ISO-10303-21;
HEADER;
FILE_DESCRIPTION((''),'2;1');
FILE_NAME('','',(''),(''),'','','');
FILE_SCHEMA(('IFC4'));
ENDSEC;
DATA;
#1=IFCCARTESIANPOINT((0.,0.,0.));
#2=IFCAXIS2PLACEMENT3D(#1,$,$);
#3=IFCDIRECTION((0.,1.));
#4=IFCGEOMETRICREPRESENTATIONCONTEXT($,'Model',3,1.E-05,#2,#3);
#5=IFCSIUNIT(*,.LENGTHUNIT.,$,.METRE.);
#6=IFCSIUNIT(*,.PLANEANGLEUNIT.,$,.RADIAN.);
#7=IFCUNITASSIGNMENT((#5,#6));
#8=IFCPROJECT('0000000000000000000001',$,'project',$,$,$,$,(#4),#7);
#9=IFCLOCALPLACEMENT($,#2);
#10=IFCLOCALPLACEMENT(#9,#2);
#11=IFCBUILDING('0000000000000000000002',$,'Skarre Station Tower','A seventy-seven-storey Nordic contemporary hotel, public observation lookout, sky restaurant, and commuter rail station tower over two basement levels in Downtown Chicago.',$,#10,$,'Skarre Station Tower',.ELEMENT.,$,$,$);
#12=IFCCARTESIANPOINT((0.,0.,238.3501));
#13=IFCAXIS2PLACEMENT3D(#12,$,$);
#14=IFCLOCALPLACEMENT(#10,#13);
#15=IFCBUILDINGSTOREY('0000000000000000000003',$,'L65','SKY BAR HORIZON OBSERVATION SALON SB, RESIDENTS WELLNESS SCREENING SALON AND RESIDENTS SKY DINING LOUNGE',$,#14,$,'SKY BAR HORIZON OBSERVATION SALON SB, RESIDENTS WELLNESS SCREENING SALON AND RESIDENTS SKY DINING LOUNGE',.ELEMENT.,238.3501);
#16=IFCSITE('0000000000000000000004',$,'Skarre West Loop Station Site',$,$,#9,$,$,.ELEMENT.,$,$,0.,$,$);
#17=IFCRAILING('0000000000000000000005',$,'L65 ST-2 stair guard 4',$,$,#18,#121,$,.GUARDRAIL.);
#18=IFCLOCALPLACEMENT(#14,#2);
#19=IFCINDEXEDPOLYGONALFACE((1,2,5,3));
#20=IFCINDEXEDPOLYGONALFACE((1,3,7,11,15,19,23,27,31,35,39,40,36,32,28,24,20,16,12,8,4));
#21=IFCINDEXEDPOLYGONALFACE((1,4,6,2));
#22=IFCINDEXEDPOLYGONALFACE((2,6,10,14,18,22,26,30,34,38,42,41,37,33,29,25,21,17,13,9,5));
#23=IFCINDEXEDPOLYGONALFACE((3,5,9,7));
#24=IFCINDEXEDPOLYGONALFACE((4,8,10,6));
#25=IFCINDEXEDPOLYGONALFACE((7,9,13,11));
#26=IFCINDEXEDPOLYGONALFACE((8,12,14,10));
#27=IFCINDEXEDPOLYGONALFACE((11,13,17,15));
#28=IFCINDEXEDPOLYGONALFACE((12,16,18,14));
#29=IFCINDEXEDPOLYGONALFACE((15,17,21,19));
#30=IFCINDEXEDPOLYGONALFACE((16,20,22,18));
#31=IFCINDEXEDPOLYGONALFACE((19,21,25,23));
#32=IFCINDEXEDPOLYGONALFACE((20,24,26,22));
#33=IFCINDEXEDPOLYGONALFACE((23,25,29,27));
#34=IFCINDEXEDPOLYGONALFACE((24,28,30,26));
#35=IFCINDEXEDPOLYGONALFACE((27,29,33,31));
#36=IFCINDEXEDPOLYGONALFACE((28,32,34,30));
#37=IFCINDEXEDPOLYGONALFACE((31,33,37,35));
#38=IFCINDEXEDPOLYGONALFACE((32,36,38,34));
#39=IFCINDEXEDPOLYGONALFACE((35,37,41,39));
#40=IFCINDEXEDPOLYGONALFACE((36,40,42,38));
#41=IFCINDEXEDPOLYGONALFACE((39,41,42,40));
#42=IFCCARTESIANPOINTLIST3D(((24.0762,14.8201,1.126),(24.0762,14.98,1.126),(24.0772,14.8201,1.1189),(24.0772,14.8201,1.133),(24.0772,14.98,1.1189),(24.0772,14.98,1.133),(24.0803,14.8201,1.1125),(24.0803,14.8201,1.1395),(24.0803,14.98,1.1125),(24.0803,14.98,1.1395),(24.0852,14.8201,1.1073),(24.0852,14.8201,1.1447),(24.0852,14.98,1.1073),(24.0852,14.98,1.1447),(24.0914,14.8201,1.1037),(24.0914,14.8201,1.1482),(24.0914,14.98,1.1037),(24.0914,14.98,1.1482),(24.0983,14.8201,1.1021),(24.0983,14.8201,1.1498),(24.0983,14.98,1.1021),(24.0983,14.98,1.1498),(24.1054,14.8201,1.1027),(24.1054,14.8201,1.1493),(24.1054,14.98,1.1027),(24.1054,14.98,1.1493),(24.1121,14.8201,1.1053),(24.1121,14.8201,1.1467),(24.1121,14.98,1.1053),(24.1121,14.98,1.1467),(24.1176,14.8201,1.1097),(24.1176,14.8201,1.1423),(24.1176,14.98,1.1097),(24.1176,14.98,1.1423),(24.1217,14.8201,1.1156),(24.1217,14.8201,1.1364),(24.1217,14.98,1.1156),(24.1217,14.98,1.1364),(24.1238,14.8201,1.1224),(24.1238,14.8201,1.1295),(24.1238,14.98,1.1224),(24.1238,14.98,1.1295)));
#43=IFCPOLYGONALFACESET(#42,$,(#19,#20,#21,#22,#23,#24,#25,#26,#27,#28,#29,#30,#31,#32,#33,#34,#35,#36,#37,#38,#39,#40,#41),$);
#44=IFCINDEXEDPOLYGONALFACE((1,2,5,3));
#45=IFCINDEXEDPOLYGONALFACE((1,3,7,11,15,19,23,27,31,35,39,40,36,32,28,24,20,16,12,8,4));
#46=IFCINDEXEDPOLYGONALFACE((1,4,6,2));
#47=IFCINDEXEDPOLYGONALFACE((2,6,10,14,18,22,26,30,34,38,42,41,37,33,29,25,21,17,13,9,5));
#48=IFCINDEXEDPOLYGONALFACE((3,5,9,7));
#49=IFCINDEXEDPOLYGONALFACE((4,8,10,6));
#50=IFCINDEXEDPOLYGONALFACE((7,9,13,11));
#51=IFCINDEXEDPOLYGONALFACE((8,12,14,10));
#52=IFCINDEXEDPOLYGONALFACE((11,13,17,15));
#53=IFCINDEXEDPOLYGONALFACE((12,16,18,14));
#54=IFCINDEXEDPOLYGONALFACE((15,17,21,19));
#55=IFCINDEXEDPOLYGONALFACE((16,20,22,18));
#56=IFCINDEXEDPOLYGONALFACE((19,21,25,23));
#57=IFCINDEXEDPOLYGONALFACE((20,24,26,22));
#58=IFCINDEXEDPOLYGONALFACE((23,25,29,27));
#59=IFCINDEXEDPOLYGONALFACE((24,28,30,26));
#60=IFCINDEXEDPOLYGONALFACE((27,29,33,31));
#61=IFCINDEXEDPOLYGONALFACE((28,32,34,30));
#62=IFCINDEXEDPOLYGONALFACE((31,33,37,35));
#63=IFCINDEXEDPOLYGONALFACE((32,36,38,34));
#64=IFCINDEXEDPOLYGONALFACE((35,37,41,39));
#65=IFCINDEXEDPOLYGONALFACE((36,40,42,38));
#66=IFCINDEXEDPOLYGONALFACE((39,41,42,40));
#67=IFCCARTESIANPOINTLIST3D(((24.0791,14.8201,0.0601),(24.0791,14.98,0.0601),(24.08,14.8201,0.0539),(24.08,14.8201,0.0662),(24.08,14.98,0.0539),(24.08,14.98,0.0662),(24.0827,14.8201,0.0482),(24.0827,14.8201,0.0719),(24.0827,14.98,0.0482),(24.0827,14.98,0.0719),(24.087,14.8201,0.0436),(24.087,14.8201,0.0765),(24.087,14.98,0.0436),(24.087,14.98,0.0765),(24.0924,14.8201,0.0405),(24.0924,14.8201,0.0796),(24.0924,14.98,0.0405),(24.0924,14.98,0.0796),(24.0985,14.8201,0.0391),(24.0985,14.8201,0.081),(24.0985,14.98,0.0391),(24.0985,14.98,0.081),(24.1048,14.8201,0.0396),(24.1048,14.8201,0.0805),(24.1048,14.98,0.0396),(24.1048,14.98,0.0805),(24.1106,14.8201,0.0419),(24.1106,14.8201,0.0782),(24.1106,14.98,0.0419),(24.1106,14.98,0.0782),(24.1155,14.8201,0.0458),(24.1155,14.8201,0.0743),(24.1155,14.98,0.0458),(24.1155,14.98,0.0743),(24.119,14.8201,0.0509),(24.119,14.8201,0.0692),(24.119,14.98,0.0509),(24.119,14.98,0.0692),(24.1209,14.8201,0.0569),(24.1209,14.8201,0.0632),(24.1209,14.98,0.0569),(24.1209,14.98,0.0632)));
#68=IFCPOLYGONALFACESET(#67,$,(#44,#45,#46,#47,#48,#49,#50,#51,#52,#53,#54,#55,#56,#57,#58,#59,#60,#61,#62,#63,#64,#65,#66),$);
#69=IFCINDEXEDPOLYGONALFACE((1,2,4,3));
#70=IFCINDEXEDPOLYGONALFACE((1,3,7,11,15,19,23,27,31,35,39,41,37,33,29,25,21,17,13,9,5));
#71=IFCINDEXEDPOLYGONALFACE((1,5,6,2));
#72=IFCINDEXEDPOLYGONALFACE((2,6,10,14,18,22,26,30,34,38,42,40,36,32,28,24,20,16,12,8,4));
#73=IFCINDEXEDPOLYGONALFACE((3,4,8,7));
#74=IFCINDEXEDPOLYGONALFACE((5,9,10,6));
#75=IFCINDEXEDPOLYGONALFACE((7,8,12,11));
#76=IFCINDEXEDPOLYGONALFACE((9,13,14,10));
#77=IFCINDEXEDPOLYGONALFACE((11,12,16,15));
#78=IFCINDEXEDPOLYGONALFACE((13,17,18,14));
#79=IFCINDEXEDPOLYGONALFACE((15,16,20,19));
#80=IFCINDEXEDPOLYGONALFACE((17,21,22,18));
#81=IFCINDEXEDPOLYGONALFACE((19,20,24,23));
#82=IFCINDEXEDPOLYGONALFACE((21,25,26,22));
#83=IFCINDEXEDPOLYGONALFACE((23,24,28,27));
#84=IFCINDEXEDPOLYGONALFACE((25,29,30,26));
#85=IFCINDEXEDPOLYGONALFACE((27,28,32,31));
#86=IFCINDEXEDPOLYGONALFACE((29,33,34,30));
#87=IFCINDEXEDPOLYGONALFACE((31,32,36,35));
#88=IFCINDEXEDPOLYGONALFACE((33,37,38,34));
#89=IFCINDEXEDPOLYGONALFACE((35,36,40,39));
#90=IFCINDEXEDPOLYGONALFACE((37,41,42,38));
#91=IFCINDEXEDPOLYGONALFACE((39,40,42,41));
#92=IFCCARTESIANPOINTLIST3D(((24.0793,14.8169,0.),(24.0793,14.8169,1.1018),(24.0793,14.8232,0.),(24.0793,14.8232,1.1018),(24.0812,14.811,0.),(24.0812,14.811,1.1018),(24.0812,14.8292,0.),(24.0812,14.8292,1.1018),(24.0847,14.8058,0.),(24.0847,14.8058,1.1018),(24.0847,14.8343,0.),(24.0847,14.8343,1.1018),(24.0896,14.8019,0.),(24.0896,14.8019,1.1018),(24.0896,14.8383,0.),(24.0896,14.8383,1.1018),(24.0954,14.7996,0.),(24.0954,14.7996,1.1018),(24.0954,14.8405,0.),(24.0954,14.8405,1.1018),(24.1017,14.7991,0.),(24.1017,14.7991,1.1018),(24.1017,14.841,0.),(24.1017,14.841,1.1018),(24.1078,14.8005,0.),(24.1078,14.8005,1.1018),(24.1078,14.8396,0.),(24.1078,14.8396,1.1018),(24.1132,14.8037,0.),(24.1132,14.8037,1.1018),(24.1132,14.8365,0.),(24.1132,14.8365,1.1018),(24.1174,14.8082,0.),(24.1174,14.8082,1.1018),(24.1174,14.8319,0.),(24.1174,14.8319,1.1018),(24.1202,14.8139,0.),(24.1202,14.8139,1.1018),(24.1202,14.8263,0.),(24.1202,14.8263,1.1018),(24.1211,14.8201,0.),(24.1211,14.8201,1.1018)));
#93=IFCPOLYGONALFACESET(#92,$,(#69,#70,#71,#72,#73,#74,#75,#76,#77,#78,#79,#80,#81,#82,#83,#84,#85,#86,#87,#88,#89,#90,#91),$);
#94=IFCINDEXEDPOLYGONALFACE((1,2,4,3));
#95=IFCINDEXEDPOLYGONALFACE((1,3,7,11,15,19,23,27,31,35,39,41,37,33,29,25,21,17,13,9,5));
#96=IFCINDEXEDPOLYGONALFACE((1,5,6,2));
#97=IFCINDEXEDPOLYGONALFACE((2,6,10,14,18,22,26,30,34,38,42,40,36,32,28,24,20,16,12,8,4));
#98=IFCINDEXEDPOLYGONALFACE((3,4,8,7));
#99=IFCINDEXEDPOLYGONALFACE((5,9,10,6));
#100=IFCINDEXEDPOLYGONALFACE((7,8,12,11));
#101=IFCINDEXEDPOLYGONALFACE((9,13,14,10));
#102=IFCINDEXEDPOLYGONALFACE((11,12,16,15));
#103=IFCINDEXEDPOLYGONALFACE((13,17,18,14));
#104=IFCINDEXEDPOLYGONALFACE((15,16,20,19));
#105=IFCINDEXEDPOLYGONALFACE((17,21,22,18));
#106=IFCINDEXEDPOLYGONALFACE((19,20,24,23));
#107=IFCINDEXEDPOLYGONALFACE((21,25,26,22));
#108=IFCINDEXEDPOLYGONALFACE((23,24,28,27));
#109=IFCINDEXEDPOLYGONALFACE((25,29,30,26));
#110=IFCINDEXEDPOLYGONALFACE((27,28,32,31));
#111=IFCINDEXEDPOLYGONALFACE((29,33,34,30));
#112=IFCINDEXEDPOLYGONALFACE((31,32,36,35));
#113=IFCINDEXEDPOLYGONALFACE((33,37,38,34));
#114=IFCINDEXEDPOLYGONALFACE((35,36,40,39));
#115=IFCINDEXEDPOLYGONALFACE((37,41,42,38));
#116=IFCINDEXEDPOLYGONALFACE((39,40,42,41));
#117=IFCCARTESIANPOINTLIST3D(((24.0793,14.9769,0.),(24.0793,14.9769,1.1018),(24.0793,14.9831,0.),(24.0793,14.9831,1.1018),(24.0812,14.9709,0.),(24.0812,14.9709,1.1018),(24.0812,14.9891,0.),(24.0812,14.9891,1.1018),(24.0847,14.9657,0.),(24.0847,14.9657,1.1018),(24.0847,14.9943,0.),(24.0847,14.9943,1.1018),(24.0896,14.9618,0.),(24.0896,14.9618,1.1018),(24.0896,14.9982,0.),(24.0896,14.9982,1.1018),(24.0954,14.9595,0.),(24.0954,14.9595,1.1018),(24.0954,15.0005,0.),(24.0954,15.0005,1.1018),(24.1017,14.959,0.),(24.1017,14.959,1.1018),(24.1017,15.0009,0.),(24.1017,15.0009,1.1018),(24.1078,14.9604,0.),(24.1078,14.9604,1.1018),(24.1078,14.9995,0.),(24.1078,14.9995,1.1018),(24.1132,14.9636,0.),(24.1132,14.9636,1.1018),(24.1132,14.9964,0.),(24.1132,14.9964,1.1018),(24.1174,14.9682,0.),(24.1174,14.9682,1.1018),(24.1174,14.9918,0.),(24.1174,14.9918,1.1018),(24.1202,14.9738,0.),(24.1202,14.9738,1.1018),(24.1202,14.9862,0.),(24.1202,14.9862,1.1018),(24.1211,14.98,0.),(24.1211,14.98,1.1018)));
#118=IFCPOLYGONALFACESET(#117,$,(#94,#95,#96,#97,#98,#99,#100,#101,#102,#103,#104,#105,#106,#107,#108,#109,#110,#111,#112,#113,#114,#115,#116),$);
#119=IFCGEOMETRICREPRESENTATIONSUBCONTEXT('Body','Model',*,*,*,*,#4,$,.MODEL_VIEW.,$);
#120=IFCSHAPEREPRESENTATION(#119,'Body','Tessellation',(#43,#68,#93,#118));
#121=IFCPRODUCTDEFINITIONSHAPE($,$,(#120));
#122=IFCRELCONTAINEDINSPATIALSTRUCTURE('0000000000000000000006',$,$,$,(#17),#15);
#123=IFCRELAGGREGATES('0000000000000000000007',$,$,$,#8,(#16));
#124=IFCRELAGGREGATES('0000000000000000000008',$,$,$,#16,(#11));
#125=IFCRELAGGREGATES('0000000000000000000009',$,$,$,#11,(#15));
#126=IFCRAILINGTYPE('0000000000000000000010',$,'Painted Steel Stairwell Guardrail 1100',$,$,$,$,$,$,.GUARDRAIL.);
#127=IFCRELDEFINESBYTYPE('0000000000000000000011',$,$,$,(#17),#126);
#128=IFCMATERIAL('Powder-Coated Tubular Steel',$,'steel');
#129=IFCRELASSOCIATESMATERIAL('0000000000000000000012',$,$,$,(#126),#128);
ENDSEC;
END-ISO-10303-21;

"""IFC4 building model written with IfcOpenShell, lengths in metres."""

from ifc_helpers import new_model, si_unit, direction, frame, origin, origin_2d, place, context, subcontext, project, spatial, circle, extrude, material, type_object, element, save


model = new_model("IFC4")

# Units and contexts
model_context = context("Model", 3, precision=1e-05, world=origin(), true_north=direction((0.0, 1.0)))
body_context = subcontext(model_context, "Body", "Model", "MODEL_VIEW")
ifc_project = project(units=[si_unit("LENGTHUNIT", "METRE"), si_unit("PLANEANGLEUNIT", "RADIAN")], contexts=[model_context])

# Site, building, storey
site_placement = place(None, origin())
site = spatial("IfcSite", under=ifc_project, at=site_placement, Name="Skarre West Loop Station Site", CompositionType="ELEMENT", RefElevation=0.0)
building_placement = place(site_placement, origin())
building = spatial("IfcBuilding", under=site, at=building_placement, Name="Skarre Station Tower", Description="A seventy-seven-storey Nordic contemporary hotel, public observation lookout, sky restaurant, and commuter rail station tower over two basement levels in Downtown Chicago.", LongName="Skarre Station Tower", CompositionType="ELEMENT")
storey_placement = place(building_placement, frame((0.0, 0.0, 238.3501)))
storey = spatial("IfcBuildingStorey", under=building, at=storey_placement, Name="L65", Description="SKY BAR HORIZON OBSERVATION SALON SB, RESIDENTS WELLNESS SCREENING SALON AND RESIDENTS SKY DINING LOUNGE", LongName="SKY BAR HORIZON OBSERVATION SALON SB, RESIDENTS WELLNESS SCREENING SALON AND RESIDENTS SKY DINING LOUNGE", CompositionType="ELEMENT", Elevation=238.3501)

# Railing
ifc_material_1 = material(Name="Powder-Coated Tubular Steel", Category="steel")
railing_type_1 = type_object("IfcRailingType", Name="Painted Steel Stairwell Guardrail 1100", PredefinedType="GUARDRAIL", material=ifc_material_1)
railing_1_placement = place(storey_placement, frame((24.1001, 14.8201, 0.0)))
element("IfcRailing", 1, at=railing_1_placement, inside=storey, type_object=railing_type_1, Name="L65 ST-2 stair guard 4", PredefinedType="GUARDRAIL", context=body_context, shape_type="SweptSolid", body=[
    extrude(circle(Radius=0.0239, at=origin_2d()), frame((0.0, 0.0, 1.126), z_axis=(0.0, 1.0, 0.0), x_axis=(-1.0, 0.0, 0.0)), (0.0, 0.0, 1.0), 0.1599),
    extrude(circle(Radius=0.021, at=origin_2d()), frame((0.0, 0.0, 0.0601), z_axis=(0.0, 1.0, 0.0), x_axis=(-1.0, 0.0, 0.0)), (0.0, 0.0, 1.0), 0.1599),
    extrude(circle(Radius=0.021, at=origin_2d()), origin(), (0.0, 0.0, 1.0), 1.1018),
    extrude(circle(Radius=0.021, at=origin_2d()), frame((0.0, 0.1599, 0.0)), (0.0, 0.0, 1.0), 1.1018),
])

save(model, "model.ifc")
